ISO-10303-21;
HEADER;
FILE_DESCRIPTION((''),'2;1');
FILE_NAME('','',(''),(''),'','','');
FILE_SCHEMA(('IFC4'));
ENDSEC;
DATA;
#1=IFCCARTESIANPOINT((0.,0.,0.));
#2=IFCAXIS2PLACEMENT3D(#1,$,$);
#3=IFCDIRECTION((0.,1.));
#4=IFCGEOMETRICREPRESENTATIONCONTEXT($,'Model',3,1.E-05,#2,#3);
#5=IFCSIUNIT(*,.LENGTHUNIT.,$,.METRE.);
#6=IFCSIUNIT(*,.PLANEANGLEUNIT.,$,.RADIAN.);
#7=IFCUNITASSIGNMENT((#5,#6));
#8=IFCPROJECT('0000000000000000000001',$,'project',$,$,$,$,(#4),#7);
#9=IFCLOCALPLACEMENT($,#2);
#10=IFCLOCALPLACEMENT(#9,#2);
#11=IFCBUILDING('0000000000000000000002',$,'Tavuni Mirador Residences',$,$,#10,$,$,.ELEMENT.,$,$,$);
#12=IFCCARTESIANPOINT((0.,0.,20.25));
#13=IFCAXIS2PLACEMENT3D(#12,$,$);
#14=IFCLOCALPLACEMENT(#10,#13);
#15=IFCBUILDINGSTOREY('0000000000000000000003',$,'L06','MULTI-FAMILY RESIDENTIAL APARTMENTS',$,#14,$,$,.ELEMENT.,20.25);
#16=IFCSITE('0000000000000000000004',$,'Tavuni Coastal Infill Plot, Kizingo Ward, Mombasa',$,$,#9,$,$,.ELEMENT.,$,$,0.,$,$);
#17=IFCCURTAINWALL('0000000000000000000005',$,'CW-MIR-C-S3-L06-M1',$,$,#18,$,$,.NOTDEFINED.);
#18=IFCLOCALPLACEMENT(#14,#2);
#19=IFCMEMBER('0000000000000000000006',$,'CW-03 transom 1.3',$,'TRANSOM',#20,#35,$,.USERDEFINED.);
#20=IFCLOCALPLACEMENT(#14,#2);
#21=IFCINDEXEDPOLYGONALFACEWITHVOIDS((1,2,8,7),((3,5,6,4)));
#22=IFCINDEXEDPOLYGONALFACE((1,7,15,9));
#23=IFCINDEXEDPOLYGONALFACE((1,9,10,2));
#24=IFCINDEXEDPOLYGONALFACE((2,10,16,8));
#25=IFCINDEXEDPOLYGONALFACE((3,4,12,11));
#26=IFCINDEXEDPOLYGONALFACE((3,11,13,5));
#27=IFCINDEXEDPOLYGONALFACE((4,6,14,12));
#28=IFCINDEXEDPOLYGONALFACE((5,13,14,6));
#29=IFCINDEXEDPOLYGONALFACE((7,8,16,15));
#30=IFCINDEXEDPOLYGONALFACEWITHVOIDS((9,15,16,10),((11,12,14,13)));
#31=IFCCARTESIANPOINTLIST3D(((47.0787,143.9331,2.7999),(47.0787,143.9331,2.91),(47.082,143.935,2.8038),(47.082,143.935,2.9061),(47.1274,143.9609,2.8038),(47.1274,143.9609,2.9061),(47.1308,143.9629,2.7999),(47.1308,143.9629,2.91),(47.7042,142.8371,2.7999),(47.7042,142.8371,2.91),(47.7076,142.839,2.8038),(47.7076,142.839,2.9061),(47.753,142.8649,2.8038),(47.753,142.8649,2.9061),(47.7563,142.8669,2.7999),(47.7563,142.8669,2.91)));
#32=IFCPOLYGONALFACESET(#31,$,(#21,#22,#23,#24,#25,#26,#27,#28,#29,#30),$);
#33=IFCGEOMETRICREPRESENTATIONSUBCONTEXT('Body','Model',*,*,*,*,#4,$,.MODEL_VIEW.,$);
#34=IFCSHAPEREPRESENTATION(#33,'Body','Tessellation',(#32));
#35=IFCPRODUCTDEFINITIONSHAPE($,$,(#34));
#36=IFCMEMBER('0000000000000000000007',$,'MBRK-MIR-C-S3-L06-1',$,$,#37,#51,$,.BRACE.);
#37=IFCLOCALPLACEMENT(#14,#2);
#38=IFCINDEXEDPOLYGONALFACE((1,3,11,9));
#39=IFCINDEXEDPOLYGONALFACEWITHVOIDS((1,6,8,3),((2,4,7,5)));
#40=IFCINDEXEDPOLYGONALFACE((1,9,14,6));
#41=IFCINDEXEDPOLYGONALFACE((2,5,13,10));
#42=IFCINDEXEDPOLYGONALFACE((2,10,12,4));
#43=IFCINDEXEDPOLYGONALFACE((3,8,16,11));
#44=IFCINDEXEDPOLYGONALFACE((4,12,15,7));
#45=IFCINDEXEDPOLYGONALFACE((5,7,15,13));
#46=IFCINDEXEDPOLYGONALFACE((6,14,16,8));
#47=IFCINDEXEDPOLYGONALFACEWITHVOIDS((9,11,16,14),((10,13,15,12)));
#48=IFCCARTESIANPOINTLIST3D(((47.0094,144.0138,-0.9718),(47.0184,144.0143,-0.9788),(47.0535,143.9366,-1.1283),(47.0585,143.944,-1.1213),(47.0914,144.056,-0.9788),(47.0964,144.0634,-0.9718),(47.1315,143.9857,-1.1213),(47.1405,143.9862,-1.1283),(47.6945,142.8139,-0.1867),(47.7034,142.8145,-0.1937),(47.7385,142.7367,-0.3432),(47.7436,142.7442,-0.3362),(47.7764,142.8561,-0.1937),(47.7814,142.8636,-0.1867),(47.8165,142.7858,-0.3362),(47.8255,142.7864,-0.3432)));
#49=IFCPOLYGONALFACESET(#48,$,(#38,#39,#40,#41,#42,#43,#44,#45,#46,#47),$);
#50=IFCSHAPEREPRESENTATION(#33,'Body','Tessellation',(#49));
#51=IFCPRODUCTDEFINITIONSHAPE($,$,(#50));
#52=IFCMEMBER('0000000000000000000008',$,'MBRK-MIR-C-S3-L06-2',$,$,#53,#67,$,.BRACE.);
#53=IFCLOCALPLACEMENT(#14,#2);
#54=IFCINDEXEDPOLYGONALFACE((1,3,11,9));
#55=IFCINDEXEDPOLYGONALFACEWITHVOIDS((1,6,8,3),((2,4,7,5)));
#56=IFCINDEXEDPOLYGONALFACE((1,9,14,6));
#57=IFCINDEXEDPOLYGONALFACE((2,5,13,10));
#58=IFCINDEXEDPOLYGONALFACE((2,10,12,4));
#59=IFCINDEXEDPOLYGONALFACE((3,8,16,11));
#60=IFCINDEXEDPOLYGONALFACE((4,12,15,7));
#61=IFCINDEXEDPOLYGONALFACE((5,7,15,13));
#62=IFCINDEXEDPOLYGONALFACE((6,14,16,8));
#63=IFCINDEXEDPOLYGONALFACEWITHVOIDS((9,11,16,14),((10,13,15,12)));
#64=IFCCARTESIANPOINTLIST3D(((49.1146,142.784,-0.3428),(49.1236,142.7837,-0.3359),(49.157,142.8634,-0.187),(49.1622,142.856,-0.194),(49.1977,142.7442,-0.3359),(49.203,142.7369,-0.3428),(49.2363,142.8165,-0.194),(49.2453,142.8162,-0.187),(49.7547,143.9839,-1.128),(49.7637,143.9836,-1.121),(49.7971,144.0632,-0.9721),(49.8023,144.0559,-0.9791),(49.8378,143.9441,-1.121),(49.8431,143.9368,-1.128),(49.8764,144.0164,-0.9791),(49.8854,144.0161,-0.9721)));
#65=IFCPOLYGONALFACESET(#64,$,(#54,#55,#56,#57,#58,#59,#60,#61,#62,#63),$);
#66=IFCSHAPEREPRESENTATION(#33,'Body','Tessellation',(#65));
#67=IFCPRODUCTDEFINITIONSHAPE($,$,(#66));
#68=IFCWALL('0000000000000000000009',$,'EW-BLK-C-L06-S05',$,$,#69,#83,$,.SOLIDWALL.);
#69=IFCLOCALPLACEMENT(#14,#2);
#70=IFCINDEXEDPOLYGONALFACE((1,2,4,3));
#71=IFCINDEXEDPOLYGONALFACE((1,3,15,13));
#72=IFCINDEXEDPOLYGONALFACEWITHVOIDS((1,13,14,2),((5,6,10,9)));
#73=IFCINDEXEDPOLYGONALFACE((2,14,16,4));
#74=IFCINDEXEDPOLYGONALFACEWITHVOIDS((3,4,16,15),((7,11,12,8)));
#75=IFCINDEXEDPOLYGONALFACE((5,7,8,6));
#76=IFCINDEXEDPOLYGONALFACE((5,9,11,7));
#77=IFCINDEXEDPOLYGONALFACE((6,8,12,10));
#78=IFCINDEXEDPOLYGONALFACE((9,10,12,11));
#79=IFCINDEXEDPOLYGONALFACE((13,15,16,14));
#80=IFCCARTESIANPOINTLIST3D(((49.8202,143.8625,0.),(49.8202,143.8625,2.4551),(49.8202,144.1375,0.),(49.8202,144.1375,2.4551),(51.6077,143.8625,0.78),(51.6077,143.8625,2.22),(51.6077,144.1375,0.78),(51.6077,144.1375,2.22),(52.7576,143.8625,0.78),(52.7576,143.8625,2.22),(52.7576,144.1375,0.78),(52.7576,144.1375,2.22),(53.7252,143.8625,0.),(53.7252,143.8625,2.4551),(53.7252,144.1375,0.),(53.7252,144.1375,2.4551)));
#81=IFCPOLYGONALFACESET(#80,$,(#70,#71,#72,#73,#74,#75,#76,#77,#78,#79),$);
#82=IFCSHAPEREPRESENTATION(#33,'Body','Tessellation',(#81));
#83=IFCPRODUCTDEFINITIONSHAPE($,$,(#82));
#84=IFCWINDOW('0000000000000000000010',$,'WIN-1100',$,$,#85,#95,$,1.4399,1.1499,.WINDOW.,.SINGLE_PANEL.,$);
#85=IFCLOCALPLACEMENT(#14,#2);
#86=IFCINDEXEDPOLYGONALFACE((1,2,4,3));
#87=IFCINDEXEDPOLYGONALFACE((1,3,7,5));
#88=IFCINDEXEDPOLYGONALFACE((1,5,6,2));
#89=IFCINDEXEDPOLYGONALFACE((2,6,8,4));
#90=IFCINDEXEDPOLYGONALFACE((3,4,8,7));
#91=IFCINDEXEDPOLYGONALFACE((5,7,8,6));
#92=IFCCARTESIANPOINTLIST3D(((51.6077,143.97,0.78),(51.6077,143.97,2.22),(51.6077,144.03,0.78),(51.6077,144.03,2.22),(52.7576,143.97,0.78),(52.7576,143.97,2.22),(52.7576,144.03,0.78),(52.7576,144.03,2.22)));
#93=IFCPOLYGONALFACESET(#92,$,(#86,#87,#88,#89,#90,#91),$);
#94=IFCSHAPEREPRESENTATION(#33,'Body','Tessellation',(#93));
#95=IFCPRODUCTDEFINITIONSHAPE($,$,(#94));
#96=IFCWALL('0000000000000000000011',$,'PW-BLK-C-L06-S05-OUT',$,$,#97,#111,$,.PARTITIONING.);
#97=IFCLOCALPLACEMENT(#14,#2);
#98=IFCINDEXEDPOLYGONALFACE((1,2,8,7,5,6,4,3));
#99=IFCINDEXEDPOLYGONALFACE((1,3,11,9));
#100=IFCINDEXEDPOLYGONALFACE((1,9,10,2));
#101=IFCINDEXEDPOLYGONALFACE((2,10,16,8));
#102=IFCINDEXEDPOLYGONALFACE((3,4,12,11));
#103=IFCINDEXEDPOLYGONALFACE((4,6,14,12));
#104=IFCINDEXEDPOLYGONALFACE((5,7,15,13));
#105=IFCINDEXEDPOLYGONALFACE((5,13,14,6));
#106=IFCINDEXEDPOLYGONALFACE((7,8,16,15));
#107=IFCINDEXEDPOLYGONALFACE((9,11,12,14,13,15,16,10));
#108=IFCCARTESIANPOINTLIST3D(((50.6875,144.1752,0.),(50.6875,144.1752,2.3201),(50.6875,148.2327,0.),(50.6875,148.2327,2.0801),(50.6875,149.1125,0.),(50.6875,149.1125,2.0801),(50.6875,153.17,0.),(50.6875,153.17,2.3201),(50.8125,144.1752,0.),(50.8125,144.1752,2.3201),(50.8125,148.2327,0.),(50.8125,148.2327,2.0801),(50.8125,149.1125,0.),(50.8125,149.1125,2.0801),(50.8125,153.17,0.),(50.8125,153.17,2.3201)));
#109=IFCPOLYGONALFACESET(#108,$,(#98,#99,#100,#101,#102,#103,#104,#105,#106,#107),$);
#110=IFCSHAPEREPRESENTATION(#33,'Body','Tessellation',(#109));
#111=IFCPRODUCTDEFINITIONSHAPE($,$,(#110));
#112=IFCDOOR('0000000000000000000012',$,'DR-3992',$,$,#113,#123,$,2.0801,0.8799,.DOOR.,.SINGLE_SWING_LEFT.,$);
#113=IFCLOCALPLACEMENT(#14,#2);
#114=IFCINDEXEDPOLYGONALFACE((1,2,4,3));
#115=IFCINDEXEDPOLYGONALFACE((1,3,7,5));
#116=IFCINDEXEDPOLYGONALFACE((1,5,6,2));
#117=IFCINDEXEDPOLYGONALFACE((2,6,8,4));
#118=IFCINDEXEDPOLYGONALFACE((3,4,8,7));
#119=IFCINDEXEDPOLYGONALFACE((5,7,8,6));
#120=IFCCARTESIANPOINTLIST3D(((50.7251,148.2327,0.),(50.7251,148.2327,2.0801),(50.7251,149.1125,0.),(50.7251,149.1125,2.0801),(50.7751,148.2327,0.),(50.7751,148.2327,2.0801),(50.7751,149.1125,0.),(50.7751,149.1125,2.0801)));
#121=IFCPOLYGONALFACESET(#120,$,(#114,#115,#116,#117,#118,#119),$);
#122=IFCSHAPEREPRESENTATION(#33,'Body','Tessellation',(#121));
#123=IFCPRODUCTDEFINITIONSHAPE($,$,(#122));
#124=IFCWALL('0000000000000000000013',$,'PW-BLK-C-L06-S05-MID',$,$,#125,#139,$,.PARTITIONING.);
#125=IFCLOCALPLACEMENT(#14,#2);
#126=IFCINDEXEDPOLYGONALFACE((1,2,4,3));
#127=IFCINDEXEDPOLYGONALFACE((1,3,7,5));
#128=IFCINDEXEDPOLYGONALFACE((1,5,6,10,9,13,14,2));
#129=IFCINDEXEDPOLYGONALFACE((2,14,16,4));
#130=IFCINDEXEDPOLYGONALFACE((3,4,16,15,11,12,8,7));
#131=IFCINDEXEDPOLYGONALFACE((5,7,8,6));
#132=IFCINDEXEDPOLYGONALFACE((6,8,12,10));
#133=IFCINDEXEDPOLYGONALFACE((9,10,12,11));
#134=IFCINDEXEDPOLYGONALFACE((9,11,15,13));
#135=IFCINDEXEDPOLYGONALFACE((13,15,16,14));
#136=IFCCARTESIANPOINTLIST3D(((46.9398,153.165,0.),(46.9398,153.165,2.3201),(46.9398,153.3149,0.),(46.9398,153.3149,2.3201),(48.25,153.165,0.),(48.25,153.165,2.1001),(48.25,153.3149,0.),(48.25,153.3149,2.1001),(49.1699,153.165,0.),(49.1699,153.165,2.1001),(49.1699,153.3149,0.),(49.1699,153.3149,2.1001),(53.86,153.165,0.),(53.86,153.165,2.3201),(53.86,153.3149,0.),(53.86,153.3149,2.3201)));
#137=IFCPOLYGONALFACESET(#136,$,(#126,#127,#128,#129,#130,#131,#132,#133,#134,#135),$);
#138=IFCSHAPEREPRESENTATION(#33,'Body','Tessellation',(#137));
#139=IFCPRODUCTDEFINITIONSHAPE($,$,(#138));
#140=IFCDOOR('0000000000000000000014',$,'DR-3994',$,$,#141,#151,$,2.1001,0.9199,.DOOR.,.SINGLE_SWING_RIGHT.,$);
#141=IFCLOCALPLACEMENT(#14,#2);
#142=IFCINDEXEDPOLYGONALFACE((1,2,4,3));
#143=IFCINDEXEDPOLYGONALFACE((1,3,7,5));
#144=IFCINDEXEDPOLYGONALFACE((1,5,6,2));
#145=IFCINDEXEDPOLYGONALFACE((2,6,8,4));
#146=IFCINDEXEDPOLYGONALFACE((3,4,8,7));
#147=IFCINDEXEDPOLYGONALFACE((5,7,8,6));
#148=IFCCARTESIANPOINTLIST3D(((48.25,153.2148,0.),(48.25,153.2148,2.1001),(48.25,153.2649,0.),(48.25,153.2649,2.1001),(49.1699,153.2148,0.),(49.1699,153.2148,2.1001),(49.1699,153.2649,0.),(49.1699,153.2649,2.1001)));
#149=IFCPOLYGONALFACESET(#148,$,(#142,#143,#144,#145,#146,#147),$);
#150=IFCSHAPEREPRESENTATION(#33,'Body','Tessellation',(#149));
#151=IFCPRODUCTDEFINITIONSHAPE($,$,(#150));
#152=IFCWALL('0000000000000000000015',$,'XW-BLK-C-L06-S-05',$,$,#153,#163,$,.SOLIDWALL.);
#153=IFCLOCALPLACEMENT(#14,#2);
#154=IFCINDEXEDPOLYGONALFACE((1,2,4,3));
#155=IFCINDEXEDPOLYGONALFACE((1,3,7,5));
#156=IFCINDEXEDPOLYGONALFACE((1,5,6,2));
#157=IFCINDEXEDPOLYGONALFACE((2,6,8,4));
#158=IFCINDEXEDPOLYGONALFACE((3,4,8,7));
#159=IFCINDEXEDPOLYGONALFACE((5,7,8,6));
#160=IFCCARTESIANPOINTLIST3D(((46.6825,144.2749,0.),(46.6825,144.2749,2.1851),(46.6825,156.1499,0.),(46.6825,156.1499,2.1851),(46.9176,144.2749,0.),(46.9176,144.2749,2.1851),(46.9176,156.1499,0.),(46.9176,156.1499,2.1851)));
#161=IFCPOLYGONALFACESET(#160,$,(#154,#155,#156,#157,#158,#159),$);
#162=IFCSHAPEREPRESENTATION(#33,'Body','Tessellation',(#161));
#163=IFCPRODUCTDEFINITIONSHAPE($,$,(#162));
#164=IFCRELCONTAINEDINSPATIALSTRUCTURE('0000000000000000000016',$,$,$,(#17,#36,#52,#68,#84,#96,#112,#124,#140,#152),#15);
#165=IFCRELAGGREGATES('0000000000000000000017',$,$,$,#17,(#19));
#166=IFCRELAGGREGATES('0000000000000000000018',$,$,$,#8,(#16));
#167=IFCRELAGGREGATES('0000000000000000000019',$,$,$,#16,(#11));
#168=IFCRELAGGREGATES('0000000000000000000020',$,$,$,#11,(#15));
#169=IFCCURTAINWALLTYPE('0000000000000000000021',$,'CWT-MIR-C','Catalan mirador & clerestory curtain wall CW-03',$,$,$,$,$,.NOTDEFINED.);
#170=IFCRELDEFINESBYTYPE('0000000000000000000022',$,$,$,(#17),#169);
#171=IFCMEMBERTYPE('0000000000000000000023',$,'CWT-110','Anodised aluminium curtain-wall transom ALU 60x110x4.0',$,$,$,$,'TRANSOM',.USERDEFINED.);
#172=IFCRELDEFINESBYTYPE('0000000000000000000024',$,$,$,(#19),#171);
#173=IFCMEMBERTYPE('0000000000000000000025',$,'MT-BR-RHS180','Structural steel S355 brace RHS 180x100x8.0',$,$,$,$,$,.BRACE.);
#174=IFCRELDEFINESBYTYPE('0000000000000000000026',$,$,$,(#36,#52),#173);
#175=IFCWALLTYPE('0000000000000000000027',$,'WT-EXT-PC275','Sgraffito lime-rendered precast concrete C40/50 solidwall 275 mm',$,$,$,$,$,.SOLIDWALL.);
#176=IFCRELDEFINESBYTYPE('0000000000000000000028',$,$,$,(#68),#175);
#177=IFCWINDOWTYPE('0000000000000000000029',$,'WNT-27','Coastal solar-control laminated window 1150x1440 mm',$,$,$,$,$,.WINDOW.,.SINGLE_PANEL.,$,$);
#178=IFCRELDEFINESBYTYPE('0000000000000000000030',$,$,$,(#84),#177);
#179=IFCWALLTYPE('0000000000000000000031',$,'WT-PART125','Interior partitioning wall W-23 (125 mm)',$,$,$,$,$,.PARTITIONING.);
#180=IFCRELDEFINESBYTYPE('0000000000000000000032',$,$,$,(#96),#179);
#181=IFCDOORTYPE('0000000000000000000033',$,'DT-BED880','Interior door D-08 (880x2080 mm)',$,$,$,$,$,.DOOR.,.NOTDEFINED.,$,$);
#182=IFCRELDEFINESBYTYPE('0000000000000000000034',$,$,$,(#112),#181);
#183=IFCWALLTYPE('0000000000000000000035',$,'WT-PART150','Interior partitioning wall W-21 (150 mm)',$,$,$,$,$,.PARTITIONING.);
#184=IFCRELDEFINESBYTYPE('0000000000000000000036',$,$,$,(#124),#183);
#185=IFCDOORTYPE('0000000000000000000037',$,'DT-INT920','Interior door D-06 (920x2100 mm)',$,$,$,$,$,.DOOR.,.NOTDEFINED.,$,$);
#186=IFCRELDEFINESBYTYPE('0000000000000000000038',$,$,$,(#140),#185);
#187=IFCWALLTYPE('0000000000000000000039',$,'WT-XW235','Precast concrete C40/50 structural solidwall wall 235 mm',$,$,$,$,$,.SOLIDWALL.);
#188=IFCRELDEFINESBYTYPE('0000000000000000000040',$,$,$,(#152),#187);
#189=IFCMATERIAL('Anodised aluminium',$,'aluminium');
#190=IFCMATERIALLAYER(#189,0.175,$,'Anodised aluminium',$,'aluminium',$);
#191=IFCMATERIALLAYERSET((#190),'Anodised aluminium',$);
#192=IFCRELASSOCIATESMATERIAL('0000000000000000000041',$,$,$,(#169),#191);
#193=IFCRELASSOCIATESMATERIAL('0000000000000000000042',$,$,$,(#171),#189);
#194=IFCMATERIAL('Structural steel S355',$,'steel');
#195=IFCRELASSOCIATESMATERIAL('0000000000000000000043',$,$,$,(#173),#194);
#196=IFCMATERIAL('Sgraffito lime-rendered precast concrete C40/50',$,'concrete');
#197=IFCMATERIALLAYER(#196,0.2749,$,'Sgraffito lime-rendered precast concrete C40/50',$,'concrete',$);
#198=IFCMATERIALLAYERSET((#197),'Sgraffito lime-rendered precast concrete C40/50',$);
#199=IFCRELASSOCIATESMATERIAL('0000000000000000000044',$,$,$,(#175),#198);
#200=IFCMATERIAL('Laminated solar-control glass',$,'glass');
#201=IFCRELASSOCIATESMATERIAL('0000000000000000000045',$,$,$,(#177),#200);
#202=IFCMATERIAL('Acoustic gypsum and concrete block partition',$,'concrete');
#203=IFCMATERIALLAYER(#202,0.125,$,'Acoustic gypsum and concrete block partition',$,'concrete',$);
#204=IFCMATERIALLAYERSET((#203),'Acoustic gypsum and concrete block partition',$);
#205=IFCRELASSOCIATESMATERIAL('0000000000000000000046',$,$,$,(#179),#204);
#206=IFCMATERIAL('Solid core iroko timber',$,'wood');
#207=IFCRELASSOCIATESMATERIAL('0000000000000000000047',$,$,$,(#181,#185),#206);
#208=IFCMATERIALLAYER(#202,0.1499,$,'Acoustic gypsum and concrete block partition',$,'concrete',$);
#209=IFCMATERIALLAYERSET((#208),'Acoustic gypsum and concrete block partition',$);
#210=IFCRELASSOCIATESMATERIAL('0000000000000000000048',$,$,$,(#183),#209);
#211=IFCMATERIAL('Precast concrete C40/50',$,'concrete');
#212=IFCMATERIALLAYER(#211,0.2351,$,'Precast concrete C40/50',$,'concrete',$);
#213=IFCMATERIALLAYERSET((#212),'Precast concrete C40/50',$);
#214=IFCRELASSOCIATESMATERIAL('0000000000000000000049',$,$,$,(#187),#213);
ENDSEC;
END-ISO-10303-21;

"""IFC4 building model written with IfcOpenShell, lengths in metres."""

from ifc_helpers import new_model, si_unit, direction, frame, frame_2d, origin, origin_2d, place, context, subcontext, project, spatial, rectangle, hollow_rectangle, extrude, material, layer, layer_set, material_profile, profile_set, type_object, element, fill, aggregate, save


model = new_model("IFC4")

# Units and contexts
model_context = context("Model", 3, precision=1e-05, world=origin(), true_north=direction((0.0, 1.0)))
body_context = subcontext(model_context, "Body", "Model", "MODEL_VIEW")
ifc_project = project(units=[si_unit("LENGTHUNIT", "METRE"), si_unit("PLANEANGLEUNIT", "RADIAN")], contexts=[model_context])

# Site, building, storey
site_placement = place(None, origin())
site = spatial("IfcSite", under=ifc_project, at=site_placement, Name="Tavuni Coastal Infill Plot, Kizingo Ward, Mombasa", CompositionType="ELEMENT", RefElevation=0.0)
building_placement = place(site_placement, origin())
building = spatial("IfcBuilding", under=site, at=building_placement, Name="Tavuni Mirador Residences", CompositionType="ELEMENT")
storey_placement = place(building_placement, frame((0.0, 0.0, 20.25)))
storey = spatial("IfcBuildingStorey", under=building, at=storey_placement, Name="L06", Description="MULTI-FAMILY RESIDENTIAL APARTMENTS", CompositionType="ELEMENT", Elevation=20.25)

# Shared definitions
ifc_material_1 = material(Name="Precast concrete C40/50", Category="concrete")

# Curtain wall
ifc_material_2 = material(Name="Anodised aluminium", Category="aluminium")
ifc_layer_1 = layer(ifc_material_2, 0.175, Name="Anodised aluminium", Category="aluminium")
ifc_layer_set_1 = layer_set([ifc_layer_1], Name="Anodised aluminium")
curtain_wall_type_1 = type_object("IfcCurtainWallType", Name="CWT-MIR-C", Description="Catalan mirador & clerestory curtain wall CW-03", PredefinedType="NOTDEFINED", material=ifc_layer_set_1)
curtain_wall_1_placement = place(storey_placement, origin())
curtain_wall_1 = element("IfcCurtainWall", 1, at=curtain_wall_1_placement, inside=storey, type_object=curtain_wall_type_1, Name="CW-MIR-C-S3-L06-M1", PredefinedType="NOTDEFINED")

# Member
ifc_material_profile_1 = material_profile(ifc_material_2, hollow_rectangle(XDim=0.0601, YDim=0.1101, WallThickness=0.0039, at=origin_2d()), Name="ALU 60x110x4.0", Category="aluminium")
ifc_profile_set_1 = profile_set([ifc_material_profile_1], Name="Anodised aluminium")
member_type_1 = type_object("IfcMemberType", Name="CWT-110", Description="Anodised aluminium curtain-wall transom ALU 60x110x4.0", ElementType="TRANSOM", PredefinedType="USERDEFINED", material=ifc_profile_set_1)
member_1_placement = place(storey_placement, frame((47.1047, 143.948, 2.855), z_axis=(0.49568, -0.868505, 0.0), x_axis=(0.868505, 0.49568, 0.0)))
member_1 = element("IfcMember", 2, at=member_1_placement, type_object=member_type_1, Name="CW-03 transom 1.3", ObjectType="TRANSOM", PredefinedType="USERDEFINED", context=body_context, shape_type="SweptSolid", body=[
    extrude(hollow_rectangle(XDim=0.0601, YDim=0.1101, WallThickness=0.0039, at=origin_2d()), origin(), (0.0, 0.0, 1.0), 1.262),
])
aggregate(curtain_wall_1, [member_1])

# Members
ifc_material_3 = material(Name="Structural steel S355", Category="steel")
ifc_material_profile_2 = material_profile(ifc_material_3, hollow_rectangle(XDim=0.1001, YDim=0.1799, WallThickness=0.0081, at=origin_2d()), Name="RHS 180x100x8.0", Category="steel")
ifc_profile_set_2 = profile_set([ifc_material_profile_2], Name="Structural steel S355")
member_type_2 = type_object("IfcMemberType", Name="MT-BR-RHS180", Description="Structural steel S355 brace RHS 180x100x8.0", PredefinedType="BRACE", material=ifc_profile_set_2)
member_2_placement = place(storey_placement, frame((47.075, 144.0, -1.05), z_axis=(0.431063, -0.755051, 0.494048), x_axis=(0.868439, 0.495796, 0.0)))
element("IfcMember", 3, at=member_2_placement, inside=storey, type_object=member_type_2, Name="MBRK-MIR-C-S3-L06-1", PredefinedType="BRACE", context=body_context, shape_type="SweptSolid", body=[
    extrude(hollow_rectangle(XDim=0.1001, YDim=0.1799, WallThickness=0.0081, at=origin_2d()), origin(), (0.0, 0.0, 1.0), 1.5891),
])
member_3_placement = place(storey_placement, frame((49.8201, 144.0, -1.05), z_axis=(-0.407629, -0.76411, 0.499975), x_axis=(0.882303, -0.470681, 0.0)))
element("IfcMember", 4, at=member_3_placement, inside=storey, type_object=member_type_2, Name="MBRK-MIR-C-S3-L06-2", PredefinedType="BRACE", context=body_context, shape_type="SweptSolid", body=[
    extrude(hollow_rectangle(XDim=0.1001, YDim=0.1799, WallThickness=0.0081, at=origin_2d()), origin(), (0.0, 0.0, 1.0), 1.5703),
])

# Wall, opening, window
ifc_material_4 = material(Name="Sgraffito lime-rendered precast concrete C40/50", Category="concrete")
ifc_layer_2 = layer(ifc_material_4, 0.2749, Name="Sgraffito lime-rendered precast concrete C40/50", Category="concrete")
ifc_layer_set_2 = layer_set([ifc_layer_2], Name="Sgraffito lime-rendered precast concrete C40/50")
wall_type_1 = type_object("IfcWallType", Name="WT-EXT-PC275", Description="Sgraffito lime-rendered precast concrete C40/50 solidwall 275 mm", PredefinedType="SOLIDWALL", material=ifc_layer_set_2)
wall_1_placement = place(storey_placement, frame((49.8201, 144.0, 0.0), z_axis=(0.0, 0.0, 1.0), x_axis=(1.0, 0.0, 0.0)))
wall_1 = element("IfcWall", 5, at=wall_1_placement, inside=storey, type_object=wall_type_1, Name="EW-BLK-C-L06-S05", PredefinedType="SOLIDWALL", context=body_context, shape_type="SweptSolid", body=[
    extrude(rectangle(XDim=3.905, YDim=0.2749, at=frame_2d((1.9526, 0.0))), origin(), (0.0, 0.0, 1.0), 2.4551),
])
opening_1_placement = place(wall_1_placement, frame((1.7876, 0.0, 0.78)))
opening_1 = element("IfcOpeningElement", 6, at=opening_1_placement, cuts=wall_1, PredefinedType="OPENING", context=body_context, shape_type="SweptSolid", body=[
    extrude(rectangle(XDim=1.1499, YDim=1.4399, at=frame_2d((0.575, 0.72))), frame((0.0, 0.1475, 0.0), z_axis=(0.0, -1.0, 0.0), x_axis=(1.0, 0.0, 0.0)), (0.0, 0.0, 1.0), 0.2949),
])
ifc_material_5 = material(Name="Laminated solar-control glass", Category="glass")
window_type = type_object("IfcWindowType", Name="WNT-27", Description="Coastal solar-control laminated window 1150x1440 mm", PartitioningType="SINGLE_PANEL", PredefinedType="WINDOW", material=ifc_material_5)
window_placement = place(opening_1_placement, origin())
window = element("IfcWindow", 7, at=window_placement, inside=storey, type_object=window_type, Name="WIN-1100", OverallHeight=1.4399, OverallWidth=1.1499, PartitioningType="SINGLE_PANEL", PredefinedType="WINDOW", context=body_context, shape_type="SweptSolid", body=[
    extrude(rectangle(XDim=1.1499, YDim=1.4399, at=frame_2d((0.575, 0.72))), frame((0.0, 0.03, 0.0), z_axis=(0.0, -1.0, 0.0), x_axis=(1.0, 0.0, 0.0)), (0.0, 0.0, 1.0), 0.0601),
])
fill(opening_1, window)

# Walls, openings, doors
ifc_material_6 = material(Name="Acoustic gypsum and concrete block partition", Category="concrete")
ifc_layer_3 = layer(ifc_material_6, 0.125, Name="Acoustic gypsum and concrete block partition", Category="concrete")
ifc_layer_set_3 = layer_set([ifc_layer_3], Name="Acoustic gypsum and concrete block partition")
wall_type_2 = type_object("IfcWallType", Name="WT-PART125", Description="Interior partitioning wall W-23 (125 mm)", PredefinedType="PARTITIONING", material=ifc_layer_set_3)
wall_2_placement = place(storey_placement, frame((50.75, 144.175, 0.0), z_axis=(0.0, 0.0, 1.0), x_axis=(0.0, 1.0, 0.0)))
wall_2 = element("IfcWall", 8, at=wall_2_placement, inside=storey, type_object=wall_type_2, Name="PW-BLK-C-L06-S05-OUT", PredefinedType="PARTITIONING", context=body_context, shape_type="SweptSolid", body=[
    extrude(rectangle(XDim=8.9949, YDim=0.125, at=frame_2d((4.4976, 0.0))), origin(), (0.0, 0.0, 1.0), 2.3201),
])
opening_2_placement = place(wall_2_placement, frame((4.0576, 0.0, 0.0)))
opening_2 = element("IfcOpeningElement", 9, at=opening_2_placement, cuts=wall_2, PredefinedType="OPENING", context=body_context, shape_type="SweptSolid", body=[
    extrude(rectangle(XDim=0.8799, YDim=2.0801, at=frame_2d((0.4399, 1.04))), frame((0.0, 0.0725, 0.0), z_axis=(0.0, -1.0, 0.0), x_axis=(1.0, 0.0, 0.0)), (0.0, 0.0, 1.0), 0.145),
])
ifc_material_7 = material(Name="Solid core iroko timber", Category="wood")
door_type_1 = type_object("IfcDoorType", Name="DT-BED880", Description="Interior door D-08 (880x2080 mm)", OperationType="NOTDEFINED", PredefinedType="DOOR", material=ifc_material_7)
door_1_placement = place(opening_2_placement, origin())
door_1 = element("IfcDoor", 10, at=door_1_placement, inside=storey, type_object=door_type_1, Name="DR-3992", OperationType="SINGLE_SWING_LEFT", OverallHeight=2.0801, OverallWidth=0.8799, PredefinedType="DOOR", context=body_context, shape_type="SweptSolid", body=[
    extrude(rectangle(XDim=0.8799, YDim=2.0801, at=frame_2d((0.4399, 1.04))), frame((0.0, 0.0249, 0.0), z_axis=(0.0, -1.0, 0.0), x_axis=(1.0, 0.0, 0.0)), (0.0, 0.0, 1.0), 0.05),
])
fill(opening_2, door_1)
ifc_layer_4 = layer(ifc_material_6, 0.1499, Name="Acoustic gypsum and concrete block partition", Category="concrete")
ifc_layer_set_4 = layer_set([ifc_layer_4], Name="Acoustic gypsum and concrete block partition")
wall_type_3 = type_object("IfcWallType", Name="WT-PART150", Description="Interior partitioning wall W-21 (150 mm)", PredefinedType="PARTITIONING", material=ifc_layer_set_4)
wall_3_placement = place(storey_placement, frame((46.9399, 153.24, 0.0), z_axis=(0.0, 0.0, 1.0), x_axis=(1.0, 0.0, 0.0)))
wall_3 = element("IfcWall", 11, at=wall_3_placement, inside=storey, type_object=wall_type_3, Name="PW-BLK-C-L06-S05-MID", PredefinedType="PARTITIONING", context=body_context, shape_type="SweptSolid", body=[
    extrude(rectangle(XDim=6.9202, YDim=0.1499, at=frame_2d((3.46, 0.0))), origin(), (0.0, 0.0, 1.0), 2.3201),
])
opening_3_placement = place(wall_3_placement, frame((1.3101, 0.0, 0.0)))
opening_3 = element("IfcOpeningElement", 12, at=opening_3_placement, cuts=wall_3, PredefinedType="OPENING", context=body_context, shape_type="SweptSolid", body=[
    extrude(rectangle(XDim=0.9199, YDim=2.1001, at=frame_2d((0.46, 1.05))), frame((0.0, 0.085, 0.0), z_axis=(0.0, -1.0, 0.0), x_axis=(1.0, 0.0, 0.0)), (0.0, 0.0, 1.0), 0.1699),
])
door_type_2 = type_object("IfcDoorType", Name="DT-INT920", Description="Interior door D-06 (920x2100 mm)", OperationType="NOTDEFINED", PredefinedType="DOOR", material=ifc_material_7)
door_2_placement = place(opening_3_placement, origin())
door_2 = element("IfcDoor", 13, at=door_2_placement, inside=storey, type_object=door_type_2, Name="DR-3994", OperationType="SINGLE_SWING_RIGHT", OverallHeight=2.1001, OverallWidth=0.9199, PredefinedType="DOOR", context=body_context, shape_type="SweptSolid", body=[
    extrude(rectangle(XDim=0.9199, YDim=2.1001, at=frame_2d((0.46, 1.05))), frame((0.0, 0.0249, 0.0), z_axis=(0.0, -1.0, 0.0), x_axis=(1.0, 0.0, 0.0)), (0.0, 0.0, 1.0), 0.05),
])
fill(opening_3, door_2)

# Wall
ifc_layer_5 = layer(ifc_material_1, 0.2351, Name="Precast concrete C40/50", Category="concrete")
ifc_layer_set_5 = layer_set([ifc_layer_5], Name="Precast concrete C40/50")
wall_type_4 = type_object("IfcWallType", Name="WT-XW235", Description="Precast concrete C40/50 structural solidwall wall 235 mm", PredefinedType="SOLIDWALL", material=ifc_layer_set_5)
for number, where, z_axis, x_axis, name in (
    (14, (46.8, 144.2749, 0.0), (0.0, 0.0, 1.0), (0.0, 1.0, 0.0), "XW-BLK-C-L06-S-05"),
):
    element("IfcWall", number, at=place(storey_placement, frame(where, z_axis=z_axis, x_axis=x_axis)), inside=storey, type_object=wall_type_4, Name=name, PredefinedType="SOLIDWALL", context=body_context, shape_type="SweptSolid", body=[
        extrude(rectangle(XDim=11.875, YDim=0.2351, at=frame_2d((5.9375, 0.0))), origin(), (0.0, 0.0, 1.0), 2.1851),
    ])

save(model, "model.ifc")
